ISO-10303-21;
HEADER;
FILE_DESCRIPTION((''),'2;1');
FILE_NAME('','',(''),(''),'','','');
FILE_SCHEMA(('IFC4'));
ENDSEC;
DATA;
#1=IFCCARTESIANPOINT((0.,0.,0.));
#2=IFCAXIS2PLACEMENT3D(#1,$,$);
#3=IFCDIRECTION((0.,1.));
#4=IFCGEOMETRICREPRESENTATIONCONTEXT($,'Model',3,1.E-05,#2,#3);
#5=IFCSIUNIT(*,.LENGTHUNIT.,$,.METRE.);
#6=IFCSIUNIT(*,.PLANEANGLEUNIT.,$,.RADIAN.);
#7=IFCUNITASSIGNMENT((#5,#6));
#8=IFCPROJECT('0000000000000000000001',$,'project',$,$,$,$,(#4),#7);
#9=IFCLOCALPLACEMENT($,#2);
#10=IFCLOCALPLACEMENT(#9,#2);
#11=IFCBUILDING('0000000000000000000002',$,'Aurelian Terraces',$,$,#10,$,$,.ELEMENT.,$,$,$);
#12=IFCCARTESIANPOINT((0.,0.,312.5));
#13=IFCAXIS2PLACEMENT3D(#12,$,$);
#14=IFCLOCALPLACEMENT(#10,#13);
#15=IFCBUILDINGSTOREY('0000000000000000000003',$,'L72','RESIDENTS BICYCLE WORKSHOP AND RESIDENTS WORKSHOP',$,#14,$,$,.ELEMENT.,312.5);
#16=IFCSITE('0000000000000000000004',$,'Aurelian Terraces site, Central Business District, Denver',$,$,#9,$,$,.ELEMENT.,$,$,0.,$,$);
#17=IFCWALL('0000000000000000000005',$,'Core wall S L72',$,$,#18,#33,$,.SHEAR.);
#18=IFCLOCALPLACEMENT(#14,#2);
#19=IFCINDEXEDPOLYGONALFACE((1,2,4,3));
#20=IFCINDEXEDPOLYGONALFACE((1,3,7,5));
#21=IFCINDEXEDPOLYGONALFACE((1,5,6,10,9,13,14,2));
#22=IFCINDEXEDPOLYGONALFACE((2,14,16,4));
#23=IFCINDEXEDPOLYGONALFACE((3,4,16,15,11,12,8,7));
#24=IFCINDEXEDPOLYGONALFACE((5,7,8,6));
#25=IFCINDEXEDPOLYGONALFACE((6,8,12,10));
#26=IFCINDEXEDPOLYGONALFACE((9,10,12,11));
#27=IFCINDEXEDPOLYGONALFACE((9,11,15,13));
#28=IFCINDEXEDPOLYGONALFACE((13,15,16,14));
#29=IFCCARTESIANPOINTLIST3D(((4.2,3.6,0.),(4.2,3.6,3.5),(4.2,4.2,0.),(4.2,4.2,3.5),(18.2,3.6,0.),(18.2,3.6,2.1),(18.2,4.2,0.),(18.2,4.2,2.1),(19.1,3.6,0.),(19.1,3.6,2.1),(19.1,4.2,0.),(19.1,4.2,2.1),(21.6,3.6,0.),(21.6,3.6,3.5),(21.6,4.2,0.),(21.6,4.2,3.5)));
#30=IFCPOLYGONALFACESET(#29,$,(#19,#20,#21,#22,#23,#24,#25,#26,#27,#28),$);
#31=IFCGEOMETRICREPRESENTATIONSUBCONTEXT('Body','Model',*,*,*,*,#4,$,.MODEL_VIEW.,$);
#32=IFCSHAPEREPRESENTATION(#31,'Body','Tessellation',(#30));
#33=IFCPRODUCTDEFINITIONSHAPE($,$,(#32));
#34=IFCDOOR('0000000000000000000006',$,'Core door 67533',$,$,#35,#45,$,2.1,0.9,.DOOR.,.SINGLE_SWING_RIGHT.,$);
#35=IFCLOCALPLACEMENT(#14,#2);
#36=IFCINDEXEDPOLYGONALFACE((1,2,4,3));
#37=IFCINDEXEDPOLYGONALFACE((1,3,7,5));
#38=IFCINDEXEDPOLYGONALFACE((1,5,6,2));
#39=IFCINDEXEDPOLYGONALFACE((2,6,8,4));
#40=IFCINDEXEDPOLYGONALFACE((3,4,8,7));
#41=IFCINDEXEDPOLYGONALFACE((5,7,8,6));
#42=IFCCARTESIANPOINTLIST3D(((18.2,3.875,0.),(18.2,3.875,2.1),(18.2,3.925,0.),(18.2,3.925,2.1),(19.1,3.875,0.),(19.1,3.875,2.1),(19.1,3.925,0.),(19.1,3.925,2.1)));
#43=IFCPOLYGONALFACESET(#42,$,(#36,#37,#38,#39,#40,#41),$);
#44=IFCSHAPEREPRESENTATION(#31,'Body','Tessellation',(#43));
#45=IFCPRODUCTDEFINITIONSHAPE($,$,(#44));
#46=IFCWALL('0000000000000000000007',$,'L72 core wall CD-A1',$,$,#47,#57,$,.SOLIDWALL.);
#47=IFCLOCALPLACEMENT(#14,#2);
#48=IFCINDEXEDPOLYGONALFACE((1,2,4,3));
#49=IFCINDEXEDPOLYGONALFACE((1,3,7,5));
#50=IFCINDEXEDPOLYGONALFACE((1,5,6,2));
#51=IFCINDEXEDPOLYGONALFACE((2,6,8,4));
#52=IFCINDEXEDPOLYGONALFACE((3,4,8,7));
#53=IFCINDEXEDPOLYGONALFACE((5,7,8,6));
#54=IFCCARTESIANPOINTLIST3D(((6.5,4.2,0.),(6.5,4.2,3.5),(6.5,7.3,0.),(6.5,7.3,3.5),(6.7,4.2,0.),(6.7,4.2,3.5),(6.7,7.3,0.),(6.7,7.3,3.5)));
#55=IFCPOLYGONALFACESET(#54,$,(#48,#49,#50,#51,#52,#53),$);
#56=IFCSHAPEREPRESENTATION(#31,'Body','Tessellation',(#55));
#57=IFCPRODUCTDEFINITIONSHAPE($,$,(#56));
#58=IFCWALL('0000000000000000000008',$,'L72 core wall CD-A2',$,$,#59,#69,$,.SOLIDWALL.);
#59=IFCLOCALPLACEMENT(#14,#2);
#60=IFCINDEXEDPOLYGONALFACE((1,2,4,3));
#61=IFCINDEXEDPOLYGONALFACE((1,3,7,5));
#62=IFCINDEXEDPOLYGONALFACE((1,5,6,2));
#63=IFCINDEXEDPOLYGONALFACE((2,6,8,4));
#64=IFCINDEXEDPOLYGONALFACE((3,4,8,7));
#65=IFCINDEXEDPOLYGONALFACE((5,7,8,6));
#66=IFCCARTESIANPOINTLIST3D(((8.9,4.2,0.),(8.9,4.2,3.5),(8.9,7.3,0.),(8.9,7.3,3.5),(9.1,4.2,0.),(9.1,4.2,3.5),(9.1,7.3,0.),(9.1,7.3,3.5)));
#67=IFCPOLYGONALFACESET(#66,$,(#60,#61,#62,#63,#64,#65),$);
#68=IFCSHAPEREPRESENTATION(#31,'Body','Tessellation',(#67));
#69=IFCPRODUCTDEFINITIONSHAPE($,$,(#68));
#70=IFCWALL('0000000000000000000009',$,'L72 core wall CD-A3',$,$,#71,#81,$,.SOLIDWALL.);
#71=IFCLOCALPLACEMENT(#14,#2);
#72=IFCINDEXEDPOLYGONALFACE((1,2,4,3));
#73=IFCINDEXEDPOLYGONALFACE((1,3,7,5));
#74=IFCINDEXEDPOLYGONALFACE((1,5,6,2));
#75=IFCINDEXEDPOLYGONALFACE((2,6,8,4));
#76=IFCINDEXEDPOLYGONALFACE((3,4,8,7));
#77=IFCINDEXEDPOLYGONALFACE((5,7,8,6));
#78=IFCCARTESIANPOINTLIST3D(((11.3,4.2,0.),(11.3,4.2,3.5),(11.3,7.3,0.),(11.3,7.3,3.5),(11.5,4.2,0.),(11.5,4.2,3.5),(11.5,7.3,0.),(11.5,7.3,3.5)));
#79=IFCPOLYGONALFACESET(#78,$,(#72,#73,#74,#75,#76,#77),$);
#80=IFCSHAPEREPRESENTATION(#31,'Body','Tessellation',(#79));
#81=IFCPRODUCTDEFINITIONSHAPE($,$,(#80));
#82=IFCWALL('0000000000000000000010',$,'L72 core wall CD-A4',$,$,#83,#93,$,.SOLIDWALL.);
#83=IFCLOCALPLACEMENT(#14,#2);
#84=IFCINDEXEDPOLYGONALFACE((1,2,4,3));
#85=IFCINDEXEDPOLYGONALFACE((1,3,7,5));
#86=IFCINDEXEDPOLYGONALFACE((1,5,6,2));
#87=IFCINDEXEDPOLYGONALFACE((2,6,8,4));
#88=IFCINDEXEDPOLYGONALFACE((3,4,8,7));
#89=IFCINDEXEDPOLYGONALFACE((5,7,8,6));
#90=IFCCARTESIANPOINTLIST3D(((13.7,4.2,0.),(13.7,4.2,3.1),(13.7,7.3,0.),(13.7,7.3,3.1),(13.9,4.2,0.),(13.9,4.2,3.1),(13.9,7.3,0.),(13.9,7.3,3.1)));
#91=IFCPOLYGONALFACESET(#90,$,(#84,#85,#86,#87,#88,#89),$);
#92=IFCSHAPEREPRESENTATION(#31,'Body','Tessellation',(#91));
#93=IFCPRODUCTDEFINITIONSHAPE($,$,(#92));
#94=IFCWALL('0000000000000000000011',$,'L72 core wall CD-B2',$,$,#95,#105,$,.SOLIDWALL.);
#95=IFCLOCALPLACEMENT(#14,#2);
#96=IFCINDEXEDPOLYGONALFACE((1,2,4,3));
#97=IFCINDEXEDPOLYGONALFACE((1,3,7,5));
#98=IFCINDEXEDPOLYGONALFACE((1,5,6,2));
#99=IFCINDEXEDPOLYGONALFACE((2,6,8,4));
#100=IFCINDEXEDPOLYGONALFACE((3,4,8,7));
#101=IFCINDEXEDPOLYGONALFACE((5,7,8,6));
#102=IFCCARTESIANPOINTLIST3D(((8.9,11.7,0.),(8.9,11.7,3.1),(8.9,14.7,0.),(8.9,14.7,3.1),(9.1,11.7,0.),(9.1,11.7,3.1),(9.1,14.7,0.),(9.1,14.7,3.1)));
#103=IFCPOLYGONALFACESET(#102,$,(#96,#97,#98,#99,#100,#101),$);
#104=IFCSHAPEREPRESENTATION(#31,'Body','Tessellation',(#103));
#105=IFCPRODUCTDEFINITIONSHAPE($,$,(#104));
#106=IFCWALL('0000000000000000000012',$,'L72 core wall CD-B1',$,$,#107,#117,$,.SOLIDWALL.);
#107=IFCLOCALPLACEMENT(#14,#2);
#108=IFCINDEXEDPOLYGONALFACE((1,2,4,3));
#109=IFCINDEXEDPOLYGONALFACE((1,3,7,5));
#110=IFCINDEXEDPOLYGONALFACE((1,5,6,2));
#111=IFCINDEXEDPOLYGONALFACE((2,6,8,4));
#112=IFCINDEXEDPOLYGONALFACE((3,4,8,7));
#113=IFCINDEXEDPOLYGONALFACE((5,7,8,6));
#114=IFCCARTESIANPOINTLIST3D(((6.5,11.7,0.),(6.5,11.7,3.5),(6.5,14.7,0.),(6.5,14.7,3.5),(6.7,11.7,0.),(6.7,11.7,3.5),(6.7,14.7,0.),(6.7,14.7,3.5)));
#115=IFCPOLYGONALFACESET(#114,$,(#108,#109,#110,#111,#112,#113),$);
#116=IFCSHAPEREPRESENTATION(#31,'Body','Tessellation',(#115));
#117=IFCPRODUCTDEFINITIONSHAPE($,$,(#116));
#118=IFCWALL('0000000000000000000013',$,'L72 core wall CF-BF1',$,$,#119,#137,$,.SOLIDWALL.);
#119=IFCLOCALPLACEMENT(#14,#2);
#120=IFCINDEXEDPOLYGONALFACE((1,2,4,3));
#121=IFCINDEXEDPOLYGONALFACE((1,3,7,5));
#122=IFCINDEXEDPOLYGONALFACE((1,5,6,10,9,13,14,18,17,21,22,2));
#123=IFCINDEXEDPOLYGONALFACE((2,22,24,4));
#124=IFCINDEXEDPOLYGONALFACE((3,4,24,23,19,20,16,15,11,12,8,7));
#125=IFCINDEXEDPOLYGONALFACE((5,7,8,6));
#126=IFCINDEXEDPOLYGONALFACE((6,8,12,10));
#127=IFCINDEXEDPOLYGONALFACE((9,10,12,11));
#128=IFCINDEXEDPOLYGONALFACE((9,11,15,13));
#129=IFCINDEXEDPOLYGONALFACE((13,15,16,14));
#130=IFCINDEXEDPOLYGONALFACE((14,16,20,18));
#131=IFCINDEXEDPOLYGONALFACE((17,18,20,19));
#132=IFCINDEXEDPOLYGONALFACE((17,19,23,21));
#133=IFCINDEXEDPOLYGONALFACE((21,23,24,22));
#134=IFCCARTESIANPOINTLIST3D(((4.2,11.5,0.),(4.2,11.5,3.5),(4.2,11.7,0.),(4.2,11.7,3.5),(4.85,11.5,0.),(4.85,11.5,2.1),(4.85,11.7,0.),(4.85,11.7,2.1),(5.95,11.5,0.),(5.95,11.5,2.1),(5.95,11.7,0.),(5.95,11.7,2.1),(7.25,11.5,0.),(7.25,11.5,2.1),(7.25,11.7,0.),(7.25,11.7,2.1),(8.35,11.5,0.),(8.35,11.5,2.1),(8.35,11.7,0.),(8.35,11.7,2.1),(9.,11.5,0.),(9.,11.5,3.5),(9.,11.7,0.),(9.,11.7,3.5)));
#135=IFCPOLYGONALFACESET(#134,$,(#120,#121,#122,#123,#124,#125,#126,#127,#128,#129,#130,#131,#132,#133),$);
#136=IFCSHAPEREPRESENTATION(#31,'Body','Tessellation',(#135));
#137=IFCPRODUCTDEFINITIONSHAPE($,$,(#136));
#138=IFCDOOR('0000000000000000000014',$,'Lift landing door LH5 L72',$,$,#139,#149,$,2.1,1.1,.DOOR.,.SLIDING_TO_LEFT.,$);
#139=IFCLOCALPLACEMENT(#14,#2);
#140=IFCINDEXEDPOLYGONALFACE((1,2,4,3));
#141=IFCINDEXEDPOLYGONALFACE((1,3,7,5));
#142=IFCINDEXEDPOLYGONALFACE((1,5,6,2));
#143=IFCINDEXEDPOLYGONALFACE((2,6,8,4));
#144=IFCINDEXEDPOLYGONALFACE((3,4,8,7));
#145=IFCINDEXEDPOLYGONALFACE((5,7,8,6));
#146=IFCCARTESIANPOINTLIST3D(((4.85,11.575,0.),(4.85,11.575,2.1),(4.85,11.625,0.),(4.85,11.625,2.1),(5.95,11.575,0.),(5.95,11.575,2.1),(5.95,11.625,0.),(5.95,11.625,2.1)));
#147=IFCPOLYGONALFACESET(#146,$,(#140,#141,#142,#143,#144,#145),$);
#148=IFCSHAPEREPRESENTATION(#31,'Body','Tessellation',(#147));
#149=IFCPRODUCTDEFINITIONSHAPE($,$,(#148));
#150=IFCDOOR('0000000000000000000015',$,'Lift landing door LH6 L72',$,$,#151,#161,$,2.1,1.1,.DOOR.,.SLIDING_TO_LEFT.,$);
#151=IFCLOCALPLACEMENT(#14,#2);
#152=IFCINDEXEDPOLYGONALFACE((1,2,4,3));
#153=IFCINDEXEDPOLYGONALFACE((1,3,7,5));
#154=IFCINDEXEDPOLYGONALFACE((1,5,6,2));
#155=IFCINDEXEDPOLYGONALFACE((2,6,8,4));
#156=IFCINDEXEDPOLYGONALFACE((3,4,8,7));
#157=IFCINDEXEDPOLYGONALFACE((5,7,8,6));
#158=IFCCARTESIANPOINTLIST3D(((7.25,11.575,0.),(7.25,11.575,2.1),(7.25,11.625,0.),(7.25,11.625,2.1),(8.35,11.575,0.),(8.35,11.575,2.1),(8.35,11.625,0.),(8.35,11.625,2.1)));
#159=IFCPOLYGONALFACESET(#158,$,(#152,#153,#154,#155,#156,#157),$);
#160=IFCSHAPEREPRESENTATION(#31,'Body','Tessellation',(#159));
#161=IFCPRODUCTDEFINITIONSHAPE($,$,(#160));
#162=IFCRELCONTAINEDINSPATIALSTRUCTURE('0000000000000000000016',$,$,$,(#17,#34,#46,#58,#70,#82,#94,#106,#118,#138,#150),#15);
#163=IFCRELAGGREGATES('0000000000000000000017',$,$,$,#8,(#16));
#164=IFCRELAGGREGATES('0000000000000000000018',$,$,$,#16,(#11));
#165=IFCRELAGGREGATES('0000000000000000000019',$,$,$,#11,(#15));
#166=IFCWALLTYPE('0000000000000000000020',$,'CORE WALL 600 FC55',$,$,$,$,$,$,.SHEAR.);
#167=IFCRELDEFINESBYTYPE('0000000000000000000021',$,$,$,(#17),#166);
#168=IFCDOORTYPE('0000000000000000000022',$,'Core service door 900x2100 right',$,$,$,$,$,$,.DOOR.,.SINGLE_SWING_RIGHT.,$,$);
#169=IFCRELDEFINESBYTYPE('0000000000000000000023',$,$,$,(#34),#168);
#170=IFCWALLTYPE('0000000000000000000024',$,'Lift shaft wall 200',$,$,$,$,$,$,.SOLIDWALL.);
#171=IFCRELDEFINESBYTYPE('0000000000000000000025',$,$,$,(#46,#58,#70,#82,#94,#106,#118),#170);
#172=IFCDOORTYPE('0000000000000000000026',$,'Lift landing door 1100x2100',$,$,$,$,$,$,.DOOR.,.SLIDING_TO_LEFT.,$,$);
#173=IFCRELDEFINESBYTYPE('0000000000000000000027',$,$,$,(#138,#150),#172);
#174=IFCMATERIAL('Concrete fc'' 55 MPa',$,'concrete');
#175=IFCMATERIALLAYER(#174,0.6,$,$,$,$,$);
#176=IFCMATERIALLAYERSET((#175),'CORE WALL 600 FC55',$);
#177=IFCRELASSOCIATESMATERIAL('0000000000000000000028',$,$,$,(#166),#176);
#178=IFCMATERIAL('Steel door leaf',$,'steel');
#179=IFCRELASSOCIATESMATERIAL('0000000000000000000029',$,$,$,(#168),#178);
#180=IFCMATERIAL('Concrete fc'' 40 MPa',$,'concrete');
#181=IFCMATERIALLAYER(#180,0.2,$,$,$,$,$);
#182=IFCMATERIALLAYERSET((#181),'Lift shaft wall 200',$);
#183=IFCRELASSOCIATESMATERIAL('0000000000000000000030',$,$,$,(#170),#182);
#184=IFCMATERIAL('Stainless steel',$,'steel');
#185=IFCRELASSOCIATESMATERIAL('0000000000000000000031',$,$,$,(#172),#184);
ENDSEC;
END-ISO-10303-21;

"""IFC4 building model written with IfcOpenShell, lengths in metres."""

from ifc_helpers import new_model, si_unit, direction, frame, frame_2d, origin, place, context, subcontext, project, spatial, rectangle, extrude, source, transform, mapped, material, layer, layer_set, type_object, element, fill, save


model = new_model("IFC4")

# Units and contexts
model_context = context("Model", 3, precision=1e-05, world=origin(), true_north=direction((0.0, 1.0)))
body_context = subcontext(model_context, "Body", "Model", "MODEL_VIEW")
ifc_project = project(units=[si_unit("LENGTHUNIT", "METRE"), si_unit("PLANEANGLEUNIT", "RADIAN")], contexts=[model_context])

# Site, building, storey
site_placement = place(None, origin())
site = spatial("IfcSite", under=ifc_project, at=site_placement, Name="Aurelian Terraces site, Central Business District, Denver", CompositionType="ELEMENT", RefElevation=0.0)
building_placement = place(site_placement, origin())
building = spatial("IfcBuilding", under=site, at=building_placement, Name="Aurelian Terraces", CompositionType="ELEMENT")
storey_placement = place(building_placement, frame((0.0, 0.0, 312.5)))
storey = spatial("IfcBuildingStorey", under=building, at=storey_placement, Name="L72", Description="RESIDENTS BICYCLE WORKSHOP AND RESIDENTS WORKSHOP", CompositionType="ELEMENT", Elevation=312.5)

# Wall, opening, door
ifc_material_1 = material(Name="Concrete fc' 55 MPa", Category="concrete")
ifc_layer_1 = layer(ifc_material_1, 0.6)
ifc_layer_set_1 = layer_set([ifc_layer_1], Name="CORE WALL 600 FC55")
wall_type_1 = type_object("IfcWallType", Name="CORE WALL 600 FC55", PredefinedType="SHEAR", material=ifc_layer_set_1)
shared_shape_1 = source(origin(), body_context, "Body", "SweptSolid", [
    extrude(rectangle(XDim=17.4, YDim=0.6, at=frame_2d((8.7, 0.0))), origin(), (0.0, 0.0, 1.0), 3.5),
])
wall_1_placement = place(storey_placement, frame((4.2, 3.9, 0.0), z_axis=(0.0, 0.0, 1.0), x_axis=(1.0, 0.0, 0.0)))
wall_1 = element("IfcWall", 1, at=wall_1_placement, inside=storey, type_object=wall_type_1, Name="Core wall S L72", PredefinedType="SHEAR", context=body_context, shape_type="MappedRepresentation", body=[
    mapped(shared_shape_1, transform((0.0, 0.0, 0.0), scale=1.0)),
])
shared_shape_2 = source(origin(), body_context, "Body", "SweptSolid", [
    extrude(rectangle(XDim=0.9, YDim=2.1, at=frame_2d((0.45, 1.05))), frame((0.0, 0.31, 0.0), z_axis=(0.0, -1.0, 0.0), x_axis=(1.0, 0.0, 0.0)), (0.0, 0.0, 1.0), 0.62),
])
opening_1_placement = place(wall_1_placement, frame((14.0, 0.0, 0.0)))
opening_1 = element("IfcOpeningElement", 2, at=opening_1_placement, cuts=wall_1, PredefinedType="OPENING", context=body_context, shape_type="MappedRepresentation", body=[
    mapped(shared_shape_2, transform((0.0, 0.0, 0.0), scale=1.0)),
])
ifc_material_2 = material(Name="Steel door leaf", Category="steel")
door_type_1 = type_object("IfcDoorType", Name="Core service door 900x2100 right", OperationType="SINGLE_SWING_RIGHT", PredefinedType="DOOR", material=ifc_material_2)
shared_shape_3 = source(origin(), body_context, "Body", "SweptSolid", [
    extrude(rectangle(XDim=0.9, YDim=2.1, at=frame_2d((0.45, 1.05))), frame((0.0, 0.025, 0.0), z_axis=(0.0, -1.0, 0.0), x_axis=(1.0, 0.0, 0.0)), (0.0, 0.0, 1.0), 0.05),
])
door_1_placement = place(opening_1_placement, origin())
door_1 = element("IfcDoor", 3, at=door_1_placement, inside=storey, type_object=door_type_1, Name="Core door 67533", OperationType="SINGLE_SWING_RIGHT", OverallHeight=2.1, OverallWidth=0.9, PredefinedType="DOOR", context=body_context, shape_type="MappedRepresentation", body=[
    mapped(shared_shape_3, transform((0.0, 0.0, 0.0), scale=1.0)),
])
fill(opening_1, door_1)

# Walls
ifc_material_3 = material(Name="Concrete fc' 40 MPa", Category="concrete")
ifc_layer_2 = layer(ifc_material_3, 0.2)
ifc_layer_set_2 = layer_set([ifc_layer_2], Name="Lift shaft wall 200")
wall_type_2 = type_object("IfcWallType", Name="Lift shaft wall 200", PredefinedType="SOLIDWALL", material=ifc_layer_set_2)
shared_shape_4 = source(origin(), body_context, "Body", "SweptSolid", [
    extrude(rectangle(XDim=3.1, YDim=0.2, at=frame_2d((1.55, 0.0))), origin(), (0.0, 0.0, 1.0), 3.5),
])
for number, where, z_axis, x_axis, name in (
    (4, (6.6, 4.2, 0.0), (0.0, 0.0, 1.0), (0.0, 1.0, 0.0), "L72 core wall CD-A1"),
    (5, (9.0, 4.2, 0.0), (0.0, 0.0, 1.0), (0.0, 1.0, 0.0), "L72 core wall CD-A2"),
    (6, (11.4, 4.2, 0.0), (0.0, 0.0, 1.0), (0.0, 1.0, 0.0), "L72 core wall CD-A3"),
):
    element("IfcWall", number, at=place(storey_placement, frame(where, z_axis=z_axis, x_axis=x_axis)), inside=storey, type_object=wall_type_2, Name=name, PredefinedType="SOLIDWALL", context=body_context, shape_type="MappedRepresentation", body=[
        mapped(shared_shape_4, transform((0.0, 0.0, 0.0), scale=1.0)),
    ])
shared_shape_5 = source(origin(), body_context, "Body", "SweptSolid", [
    extrude(rectangle(XDim=3.1, YDim=0.2, at=frame_2d((1.55, 0.0))), origin(), (0.0, 0.0, 1.0), 3.1),
])
wall_2_placement = place(storey_placement, frame((13.8, 4.2, 0.0), z_axis=(0.0, 0.0, 1.0), x_axis=(0.0, 1.0, 0.0)))
element("IfcWall", 7, at=wall_2_placement, inside=storey, type_object=wall_type_2, Name="L72 core wall CD-A4", PredefinedType="SOLIDWALL", context=body_context, shape_type="MappedRepresentation", body=[
    mapped(shared_shape_5, transform((0.0, 0.0, 0.0), scale=1.0)),
])
shared_shape_6 = source(origin(), body_context, "Body", "SweptSolid", [
    extrude(rectangle(XDim=3.0, YDim=0.2, at=frame_2d((1.5, 0.0))), origin(), (0.0, 0.0, 1.0), 3.1),
])
wall_3_placement = place(storey_placement, frame((9.0, 11.7, 0.0), z_axis=(0.0, 0.0, 1.0), x_axis=(0.0, 1.0, 0.0)))
element("IfcWall", 8, at=wall_3_placement, inside=storey, type_object=wall_type_2, Name="L72 core wall CD-B2", PredefinedType="SOLIDWALL", context=body_context, shape_type="MappedRepresentation", body=[
    mapped(shared_shape_6, transform((0.0, 0.0, 0.0), scale=1.0)),
])
shared_shape_7 = source(origin(), body_context, "Body", "SweptSolid", [
    extrude(rectangle(XDim=3.0, YDim=0.2, at=frame_2d((1.5, 0.0))), origin(), (0.0, 0.0, 1.0), 3.5),
])
wall_4_placement = place(storey_placement, frame((6.6, 11.7, 0.0), z_axis=(0.0, 0.0, 1.0), x_axis=(0.0, 1.0, 0.0)))
element("IfcWall", 9, at=wall_4_placement, inside=storey, type_object=wall_type_2, Name="L72 core wall CD-B1", PredefinedType="SOLIDWALL", context=body_context, shape_type="MappedRepresentation", body=[
    mapped(shared_shape_7, transform((0.0, 0.0, 0.0), scale=1.0)),
])

# Wall, openings, doors
shared_shape_8 = source(origin(), body_context, "Body", "SweptSolid", [
    extrude(rectangle(XDim=4.8, YDim=0.2, at=frame_2d((2.4, 0.0))), origin(), (0.0, 0.0, 1.0), 3.5),
])
wall_5_placement = place(storey_placement, frame((4.2, 11.6, 0.0), z_axis=(0.0, 0.0, 1.0), x_axis=(1.0, 0.0, 0.0)))
wall_5 = element("IfcWall", 10, at=wall_5_placement, inside=storey, type_object=wall_type_2, Name="L72 core wall CF-BF1", PredefinedType="SOLIDWALL", context=body_context, shape_type="MappedRepresentation", body=[
    mapped(shared_shape_8, transform((0.0, 0.0, 0.0), scale=1.0)),
])
shared_shape_9 = source(origin(), body_context, "Body", "SweptSolid", [
    extrude(rectangle(XDim=1.1, YDim=2.1, at=frame_2d((0.55, 1.05))), frame((0.0, 0.11, 0.0), z_axis=(0.0, -1.0, 0.0), x_axis=(1.0, 0.0, 0.0)), (0.0, 0.0, 1.0), 0.22),
])
opening_2_placement = place(wall_5_placement, frame((0.65, 0.0, 0.0)))
opening_2 = element("IfcOpeningElement", 11, at=opening_2_placement, cuts=wall_5, PredefinedType="OPENING", context=body_context, shape_type="MappedRepresentation", body=[
    mapped(shared_shape_9, transform((0.0, 0.0, 0.0), scale=1.0)),
])
opening_3_placement = place(wall_5_placement, frame((3.05, 0.0, 0.0)))
opening_3 = element("IfcOpeningElement", 12, at=opening_3_placement, cuts=wall_5, PredefinedType="OPENING", context=body_context, shape_type="MappedRepresentation", body=[
    mapped(shared_shape_9, transform((0.0, 0.0, 0.0), scale=1.0)),
])
ifc_material_4 = material(Name="Stainless steel", Category="steel")
door_type_2 = type_object("IfcDoorType", Name="Lift landing door 1100x2100", OperationType="SLIDING_TO_LEFT", PredefinedType="DOOR", material=ifc_material_4)
shared_shape_10 = source(origin(), body_context, "Body", "SweptSolid", [
    extrude(rectangle(XDim=1.1, YDim=2.1, at=frame_2d((0.55, 1.05))), frame((0.0, 0.025, 0.0), z_axis=(0.0, -1.0, 0.0), x_axis=(1.0, 0.0, 0.0)), (0.0, 0.0, 1.0), 0.05),
])
door_2_placement = place(opening_2_placement, origin())
door_2 = element("IfcDoor", 13, at=door_2_placement, inside=storey, type_object=door_type_2, Name="Lift landing door LH5 L72", OperationType="SLIDING_TO_LEFT", OverallHeight=2.1, OverallWidth=1.1, PredefinedType="DOOR", context=body_context, shape_type="MappedRepresentation", body=[
    mapped(shared_shape_10, transform((0.0, 0.0, 0.0), scale=1.0)),
])
fill(opening_2, door_2)
door_3_placement = place(opening_3_placement, origin())
door_3 = element("IfcDoor", 14, at=door_3_placement, inside=storey, type_object=door_type_2, Name="Lift landing door LH6 L72", OperationType="SLIDING_TO_LEFT", OverallHeight=2.1, OverallWidth=1.1, PredefinedType="DOOR", context=body_context, shape_type="MappedRepresentation", body=[
    mapped(shared_shape_10, transform((0.0, 0.0, 0.0), scale=1.0)),
])
fill(opening_3, door_3)

save(model, "model.ifc")
